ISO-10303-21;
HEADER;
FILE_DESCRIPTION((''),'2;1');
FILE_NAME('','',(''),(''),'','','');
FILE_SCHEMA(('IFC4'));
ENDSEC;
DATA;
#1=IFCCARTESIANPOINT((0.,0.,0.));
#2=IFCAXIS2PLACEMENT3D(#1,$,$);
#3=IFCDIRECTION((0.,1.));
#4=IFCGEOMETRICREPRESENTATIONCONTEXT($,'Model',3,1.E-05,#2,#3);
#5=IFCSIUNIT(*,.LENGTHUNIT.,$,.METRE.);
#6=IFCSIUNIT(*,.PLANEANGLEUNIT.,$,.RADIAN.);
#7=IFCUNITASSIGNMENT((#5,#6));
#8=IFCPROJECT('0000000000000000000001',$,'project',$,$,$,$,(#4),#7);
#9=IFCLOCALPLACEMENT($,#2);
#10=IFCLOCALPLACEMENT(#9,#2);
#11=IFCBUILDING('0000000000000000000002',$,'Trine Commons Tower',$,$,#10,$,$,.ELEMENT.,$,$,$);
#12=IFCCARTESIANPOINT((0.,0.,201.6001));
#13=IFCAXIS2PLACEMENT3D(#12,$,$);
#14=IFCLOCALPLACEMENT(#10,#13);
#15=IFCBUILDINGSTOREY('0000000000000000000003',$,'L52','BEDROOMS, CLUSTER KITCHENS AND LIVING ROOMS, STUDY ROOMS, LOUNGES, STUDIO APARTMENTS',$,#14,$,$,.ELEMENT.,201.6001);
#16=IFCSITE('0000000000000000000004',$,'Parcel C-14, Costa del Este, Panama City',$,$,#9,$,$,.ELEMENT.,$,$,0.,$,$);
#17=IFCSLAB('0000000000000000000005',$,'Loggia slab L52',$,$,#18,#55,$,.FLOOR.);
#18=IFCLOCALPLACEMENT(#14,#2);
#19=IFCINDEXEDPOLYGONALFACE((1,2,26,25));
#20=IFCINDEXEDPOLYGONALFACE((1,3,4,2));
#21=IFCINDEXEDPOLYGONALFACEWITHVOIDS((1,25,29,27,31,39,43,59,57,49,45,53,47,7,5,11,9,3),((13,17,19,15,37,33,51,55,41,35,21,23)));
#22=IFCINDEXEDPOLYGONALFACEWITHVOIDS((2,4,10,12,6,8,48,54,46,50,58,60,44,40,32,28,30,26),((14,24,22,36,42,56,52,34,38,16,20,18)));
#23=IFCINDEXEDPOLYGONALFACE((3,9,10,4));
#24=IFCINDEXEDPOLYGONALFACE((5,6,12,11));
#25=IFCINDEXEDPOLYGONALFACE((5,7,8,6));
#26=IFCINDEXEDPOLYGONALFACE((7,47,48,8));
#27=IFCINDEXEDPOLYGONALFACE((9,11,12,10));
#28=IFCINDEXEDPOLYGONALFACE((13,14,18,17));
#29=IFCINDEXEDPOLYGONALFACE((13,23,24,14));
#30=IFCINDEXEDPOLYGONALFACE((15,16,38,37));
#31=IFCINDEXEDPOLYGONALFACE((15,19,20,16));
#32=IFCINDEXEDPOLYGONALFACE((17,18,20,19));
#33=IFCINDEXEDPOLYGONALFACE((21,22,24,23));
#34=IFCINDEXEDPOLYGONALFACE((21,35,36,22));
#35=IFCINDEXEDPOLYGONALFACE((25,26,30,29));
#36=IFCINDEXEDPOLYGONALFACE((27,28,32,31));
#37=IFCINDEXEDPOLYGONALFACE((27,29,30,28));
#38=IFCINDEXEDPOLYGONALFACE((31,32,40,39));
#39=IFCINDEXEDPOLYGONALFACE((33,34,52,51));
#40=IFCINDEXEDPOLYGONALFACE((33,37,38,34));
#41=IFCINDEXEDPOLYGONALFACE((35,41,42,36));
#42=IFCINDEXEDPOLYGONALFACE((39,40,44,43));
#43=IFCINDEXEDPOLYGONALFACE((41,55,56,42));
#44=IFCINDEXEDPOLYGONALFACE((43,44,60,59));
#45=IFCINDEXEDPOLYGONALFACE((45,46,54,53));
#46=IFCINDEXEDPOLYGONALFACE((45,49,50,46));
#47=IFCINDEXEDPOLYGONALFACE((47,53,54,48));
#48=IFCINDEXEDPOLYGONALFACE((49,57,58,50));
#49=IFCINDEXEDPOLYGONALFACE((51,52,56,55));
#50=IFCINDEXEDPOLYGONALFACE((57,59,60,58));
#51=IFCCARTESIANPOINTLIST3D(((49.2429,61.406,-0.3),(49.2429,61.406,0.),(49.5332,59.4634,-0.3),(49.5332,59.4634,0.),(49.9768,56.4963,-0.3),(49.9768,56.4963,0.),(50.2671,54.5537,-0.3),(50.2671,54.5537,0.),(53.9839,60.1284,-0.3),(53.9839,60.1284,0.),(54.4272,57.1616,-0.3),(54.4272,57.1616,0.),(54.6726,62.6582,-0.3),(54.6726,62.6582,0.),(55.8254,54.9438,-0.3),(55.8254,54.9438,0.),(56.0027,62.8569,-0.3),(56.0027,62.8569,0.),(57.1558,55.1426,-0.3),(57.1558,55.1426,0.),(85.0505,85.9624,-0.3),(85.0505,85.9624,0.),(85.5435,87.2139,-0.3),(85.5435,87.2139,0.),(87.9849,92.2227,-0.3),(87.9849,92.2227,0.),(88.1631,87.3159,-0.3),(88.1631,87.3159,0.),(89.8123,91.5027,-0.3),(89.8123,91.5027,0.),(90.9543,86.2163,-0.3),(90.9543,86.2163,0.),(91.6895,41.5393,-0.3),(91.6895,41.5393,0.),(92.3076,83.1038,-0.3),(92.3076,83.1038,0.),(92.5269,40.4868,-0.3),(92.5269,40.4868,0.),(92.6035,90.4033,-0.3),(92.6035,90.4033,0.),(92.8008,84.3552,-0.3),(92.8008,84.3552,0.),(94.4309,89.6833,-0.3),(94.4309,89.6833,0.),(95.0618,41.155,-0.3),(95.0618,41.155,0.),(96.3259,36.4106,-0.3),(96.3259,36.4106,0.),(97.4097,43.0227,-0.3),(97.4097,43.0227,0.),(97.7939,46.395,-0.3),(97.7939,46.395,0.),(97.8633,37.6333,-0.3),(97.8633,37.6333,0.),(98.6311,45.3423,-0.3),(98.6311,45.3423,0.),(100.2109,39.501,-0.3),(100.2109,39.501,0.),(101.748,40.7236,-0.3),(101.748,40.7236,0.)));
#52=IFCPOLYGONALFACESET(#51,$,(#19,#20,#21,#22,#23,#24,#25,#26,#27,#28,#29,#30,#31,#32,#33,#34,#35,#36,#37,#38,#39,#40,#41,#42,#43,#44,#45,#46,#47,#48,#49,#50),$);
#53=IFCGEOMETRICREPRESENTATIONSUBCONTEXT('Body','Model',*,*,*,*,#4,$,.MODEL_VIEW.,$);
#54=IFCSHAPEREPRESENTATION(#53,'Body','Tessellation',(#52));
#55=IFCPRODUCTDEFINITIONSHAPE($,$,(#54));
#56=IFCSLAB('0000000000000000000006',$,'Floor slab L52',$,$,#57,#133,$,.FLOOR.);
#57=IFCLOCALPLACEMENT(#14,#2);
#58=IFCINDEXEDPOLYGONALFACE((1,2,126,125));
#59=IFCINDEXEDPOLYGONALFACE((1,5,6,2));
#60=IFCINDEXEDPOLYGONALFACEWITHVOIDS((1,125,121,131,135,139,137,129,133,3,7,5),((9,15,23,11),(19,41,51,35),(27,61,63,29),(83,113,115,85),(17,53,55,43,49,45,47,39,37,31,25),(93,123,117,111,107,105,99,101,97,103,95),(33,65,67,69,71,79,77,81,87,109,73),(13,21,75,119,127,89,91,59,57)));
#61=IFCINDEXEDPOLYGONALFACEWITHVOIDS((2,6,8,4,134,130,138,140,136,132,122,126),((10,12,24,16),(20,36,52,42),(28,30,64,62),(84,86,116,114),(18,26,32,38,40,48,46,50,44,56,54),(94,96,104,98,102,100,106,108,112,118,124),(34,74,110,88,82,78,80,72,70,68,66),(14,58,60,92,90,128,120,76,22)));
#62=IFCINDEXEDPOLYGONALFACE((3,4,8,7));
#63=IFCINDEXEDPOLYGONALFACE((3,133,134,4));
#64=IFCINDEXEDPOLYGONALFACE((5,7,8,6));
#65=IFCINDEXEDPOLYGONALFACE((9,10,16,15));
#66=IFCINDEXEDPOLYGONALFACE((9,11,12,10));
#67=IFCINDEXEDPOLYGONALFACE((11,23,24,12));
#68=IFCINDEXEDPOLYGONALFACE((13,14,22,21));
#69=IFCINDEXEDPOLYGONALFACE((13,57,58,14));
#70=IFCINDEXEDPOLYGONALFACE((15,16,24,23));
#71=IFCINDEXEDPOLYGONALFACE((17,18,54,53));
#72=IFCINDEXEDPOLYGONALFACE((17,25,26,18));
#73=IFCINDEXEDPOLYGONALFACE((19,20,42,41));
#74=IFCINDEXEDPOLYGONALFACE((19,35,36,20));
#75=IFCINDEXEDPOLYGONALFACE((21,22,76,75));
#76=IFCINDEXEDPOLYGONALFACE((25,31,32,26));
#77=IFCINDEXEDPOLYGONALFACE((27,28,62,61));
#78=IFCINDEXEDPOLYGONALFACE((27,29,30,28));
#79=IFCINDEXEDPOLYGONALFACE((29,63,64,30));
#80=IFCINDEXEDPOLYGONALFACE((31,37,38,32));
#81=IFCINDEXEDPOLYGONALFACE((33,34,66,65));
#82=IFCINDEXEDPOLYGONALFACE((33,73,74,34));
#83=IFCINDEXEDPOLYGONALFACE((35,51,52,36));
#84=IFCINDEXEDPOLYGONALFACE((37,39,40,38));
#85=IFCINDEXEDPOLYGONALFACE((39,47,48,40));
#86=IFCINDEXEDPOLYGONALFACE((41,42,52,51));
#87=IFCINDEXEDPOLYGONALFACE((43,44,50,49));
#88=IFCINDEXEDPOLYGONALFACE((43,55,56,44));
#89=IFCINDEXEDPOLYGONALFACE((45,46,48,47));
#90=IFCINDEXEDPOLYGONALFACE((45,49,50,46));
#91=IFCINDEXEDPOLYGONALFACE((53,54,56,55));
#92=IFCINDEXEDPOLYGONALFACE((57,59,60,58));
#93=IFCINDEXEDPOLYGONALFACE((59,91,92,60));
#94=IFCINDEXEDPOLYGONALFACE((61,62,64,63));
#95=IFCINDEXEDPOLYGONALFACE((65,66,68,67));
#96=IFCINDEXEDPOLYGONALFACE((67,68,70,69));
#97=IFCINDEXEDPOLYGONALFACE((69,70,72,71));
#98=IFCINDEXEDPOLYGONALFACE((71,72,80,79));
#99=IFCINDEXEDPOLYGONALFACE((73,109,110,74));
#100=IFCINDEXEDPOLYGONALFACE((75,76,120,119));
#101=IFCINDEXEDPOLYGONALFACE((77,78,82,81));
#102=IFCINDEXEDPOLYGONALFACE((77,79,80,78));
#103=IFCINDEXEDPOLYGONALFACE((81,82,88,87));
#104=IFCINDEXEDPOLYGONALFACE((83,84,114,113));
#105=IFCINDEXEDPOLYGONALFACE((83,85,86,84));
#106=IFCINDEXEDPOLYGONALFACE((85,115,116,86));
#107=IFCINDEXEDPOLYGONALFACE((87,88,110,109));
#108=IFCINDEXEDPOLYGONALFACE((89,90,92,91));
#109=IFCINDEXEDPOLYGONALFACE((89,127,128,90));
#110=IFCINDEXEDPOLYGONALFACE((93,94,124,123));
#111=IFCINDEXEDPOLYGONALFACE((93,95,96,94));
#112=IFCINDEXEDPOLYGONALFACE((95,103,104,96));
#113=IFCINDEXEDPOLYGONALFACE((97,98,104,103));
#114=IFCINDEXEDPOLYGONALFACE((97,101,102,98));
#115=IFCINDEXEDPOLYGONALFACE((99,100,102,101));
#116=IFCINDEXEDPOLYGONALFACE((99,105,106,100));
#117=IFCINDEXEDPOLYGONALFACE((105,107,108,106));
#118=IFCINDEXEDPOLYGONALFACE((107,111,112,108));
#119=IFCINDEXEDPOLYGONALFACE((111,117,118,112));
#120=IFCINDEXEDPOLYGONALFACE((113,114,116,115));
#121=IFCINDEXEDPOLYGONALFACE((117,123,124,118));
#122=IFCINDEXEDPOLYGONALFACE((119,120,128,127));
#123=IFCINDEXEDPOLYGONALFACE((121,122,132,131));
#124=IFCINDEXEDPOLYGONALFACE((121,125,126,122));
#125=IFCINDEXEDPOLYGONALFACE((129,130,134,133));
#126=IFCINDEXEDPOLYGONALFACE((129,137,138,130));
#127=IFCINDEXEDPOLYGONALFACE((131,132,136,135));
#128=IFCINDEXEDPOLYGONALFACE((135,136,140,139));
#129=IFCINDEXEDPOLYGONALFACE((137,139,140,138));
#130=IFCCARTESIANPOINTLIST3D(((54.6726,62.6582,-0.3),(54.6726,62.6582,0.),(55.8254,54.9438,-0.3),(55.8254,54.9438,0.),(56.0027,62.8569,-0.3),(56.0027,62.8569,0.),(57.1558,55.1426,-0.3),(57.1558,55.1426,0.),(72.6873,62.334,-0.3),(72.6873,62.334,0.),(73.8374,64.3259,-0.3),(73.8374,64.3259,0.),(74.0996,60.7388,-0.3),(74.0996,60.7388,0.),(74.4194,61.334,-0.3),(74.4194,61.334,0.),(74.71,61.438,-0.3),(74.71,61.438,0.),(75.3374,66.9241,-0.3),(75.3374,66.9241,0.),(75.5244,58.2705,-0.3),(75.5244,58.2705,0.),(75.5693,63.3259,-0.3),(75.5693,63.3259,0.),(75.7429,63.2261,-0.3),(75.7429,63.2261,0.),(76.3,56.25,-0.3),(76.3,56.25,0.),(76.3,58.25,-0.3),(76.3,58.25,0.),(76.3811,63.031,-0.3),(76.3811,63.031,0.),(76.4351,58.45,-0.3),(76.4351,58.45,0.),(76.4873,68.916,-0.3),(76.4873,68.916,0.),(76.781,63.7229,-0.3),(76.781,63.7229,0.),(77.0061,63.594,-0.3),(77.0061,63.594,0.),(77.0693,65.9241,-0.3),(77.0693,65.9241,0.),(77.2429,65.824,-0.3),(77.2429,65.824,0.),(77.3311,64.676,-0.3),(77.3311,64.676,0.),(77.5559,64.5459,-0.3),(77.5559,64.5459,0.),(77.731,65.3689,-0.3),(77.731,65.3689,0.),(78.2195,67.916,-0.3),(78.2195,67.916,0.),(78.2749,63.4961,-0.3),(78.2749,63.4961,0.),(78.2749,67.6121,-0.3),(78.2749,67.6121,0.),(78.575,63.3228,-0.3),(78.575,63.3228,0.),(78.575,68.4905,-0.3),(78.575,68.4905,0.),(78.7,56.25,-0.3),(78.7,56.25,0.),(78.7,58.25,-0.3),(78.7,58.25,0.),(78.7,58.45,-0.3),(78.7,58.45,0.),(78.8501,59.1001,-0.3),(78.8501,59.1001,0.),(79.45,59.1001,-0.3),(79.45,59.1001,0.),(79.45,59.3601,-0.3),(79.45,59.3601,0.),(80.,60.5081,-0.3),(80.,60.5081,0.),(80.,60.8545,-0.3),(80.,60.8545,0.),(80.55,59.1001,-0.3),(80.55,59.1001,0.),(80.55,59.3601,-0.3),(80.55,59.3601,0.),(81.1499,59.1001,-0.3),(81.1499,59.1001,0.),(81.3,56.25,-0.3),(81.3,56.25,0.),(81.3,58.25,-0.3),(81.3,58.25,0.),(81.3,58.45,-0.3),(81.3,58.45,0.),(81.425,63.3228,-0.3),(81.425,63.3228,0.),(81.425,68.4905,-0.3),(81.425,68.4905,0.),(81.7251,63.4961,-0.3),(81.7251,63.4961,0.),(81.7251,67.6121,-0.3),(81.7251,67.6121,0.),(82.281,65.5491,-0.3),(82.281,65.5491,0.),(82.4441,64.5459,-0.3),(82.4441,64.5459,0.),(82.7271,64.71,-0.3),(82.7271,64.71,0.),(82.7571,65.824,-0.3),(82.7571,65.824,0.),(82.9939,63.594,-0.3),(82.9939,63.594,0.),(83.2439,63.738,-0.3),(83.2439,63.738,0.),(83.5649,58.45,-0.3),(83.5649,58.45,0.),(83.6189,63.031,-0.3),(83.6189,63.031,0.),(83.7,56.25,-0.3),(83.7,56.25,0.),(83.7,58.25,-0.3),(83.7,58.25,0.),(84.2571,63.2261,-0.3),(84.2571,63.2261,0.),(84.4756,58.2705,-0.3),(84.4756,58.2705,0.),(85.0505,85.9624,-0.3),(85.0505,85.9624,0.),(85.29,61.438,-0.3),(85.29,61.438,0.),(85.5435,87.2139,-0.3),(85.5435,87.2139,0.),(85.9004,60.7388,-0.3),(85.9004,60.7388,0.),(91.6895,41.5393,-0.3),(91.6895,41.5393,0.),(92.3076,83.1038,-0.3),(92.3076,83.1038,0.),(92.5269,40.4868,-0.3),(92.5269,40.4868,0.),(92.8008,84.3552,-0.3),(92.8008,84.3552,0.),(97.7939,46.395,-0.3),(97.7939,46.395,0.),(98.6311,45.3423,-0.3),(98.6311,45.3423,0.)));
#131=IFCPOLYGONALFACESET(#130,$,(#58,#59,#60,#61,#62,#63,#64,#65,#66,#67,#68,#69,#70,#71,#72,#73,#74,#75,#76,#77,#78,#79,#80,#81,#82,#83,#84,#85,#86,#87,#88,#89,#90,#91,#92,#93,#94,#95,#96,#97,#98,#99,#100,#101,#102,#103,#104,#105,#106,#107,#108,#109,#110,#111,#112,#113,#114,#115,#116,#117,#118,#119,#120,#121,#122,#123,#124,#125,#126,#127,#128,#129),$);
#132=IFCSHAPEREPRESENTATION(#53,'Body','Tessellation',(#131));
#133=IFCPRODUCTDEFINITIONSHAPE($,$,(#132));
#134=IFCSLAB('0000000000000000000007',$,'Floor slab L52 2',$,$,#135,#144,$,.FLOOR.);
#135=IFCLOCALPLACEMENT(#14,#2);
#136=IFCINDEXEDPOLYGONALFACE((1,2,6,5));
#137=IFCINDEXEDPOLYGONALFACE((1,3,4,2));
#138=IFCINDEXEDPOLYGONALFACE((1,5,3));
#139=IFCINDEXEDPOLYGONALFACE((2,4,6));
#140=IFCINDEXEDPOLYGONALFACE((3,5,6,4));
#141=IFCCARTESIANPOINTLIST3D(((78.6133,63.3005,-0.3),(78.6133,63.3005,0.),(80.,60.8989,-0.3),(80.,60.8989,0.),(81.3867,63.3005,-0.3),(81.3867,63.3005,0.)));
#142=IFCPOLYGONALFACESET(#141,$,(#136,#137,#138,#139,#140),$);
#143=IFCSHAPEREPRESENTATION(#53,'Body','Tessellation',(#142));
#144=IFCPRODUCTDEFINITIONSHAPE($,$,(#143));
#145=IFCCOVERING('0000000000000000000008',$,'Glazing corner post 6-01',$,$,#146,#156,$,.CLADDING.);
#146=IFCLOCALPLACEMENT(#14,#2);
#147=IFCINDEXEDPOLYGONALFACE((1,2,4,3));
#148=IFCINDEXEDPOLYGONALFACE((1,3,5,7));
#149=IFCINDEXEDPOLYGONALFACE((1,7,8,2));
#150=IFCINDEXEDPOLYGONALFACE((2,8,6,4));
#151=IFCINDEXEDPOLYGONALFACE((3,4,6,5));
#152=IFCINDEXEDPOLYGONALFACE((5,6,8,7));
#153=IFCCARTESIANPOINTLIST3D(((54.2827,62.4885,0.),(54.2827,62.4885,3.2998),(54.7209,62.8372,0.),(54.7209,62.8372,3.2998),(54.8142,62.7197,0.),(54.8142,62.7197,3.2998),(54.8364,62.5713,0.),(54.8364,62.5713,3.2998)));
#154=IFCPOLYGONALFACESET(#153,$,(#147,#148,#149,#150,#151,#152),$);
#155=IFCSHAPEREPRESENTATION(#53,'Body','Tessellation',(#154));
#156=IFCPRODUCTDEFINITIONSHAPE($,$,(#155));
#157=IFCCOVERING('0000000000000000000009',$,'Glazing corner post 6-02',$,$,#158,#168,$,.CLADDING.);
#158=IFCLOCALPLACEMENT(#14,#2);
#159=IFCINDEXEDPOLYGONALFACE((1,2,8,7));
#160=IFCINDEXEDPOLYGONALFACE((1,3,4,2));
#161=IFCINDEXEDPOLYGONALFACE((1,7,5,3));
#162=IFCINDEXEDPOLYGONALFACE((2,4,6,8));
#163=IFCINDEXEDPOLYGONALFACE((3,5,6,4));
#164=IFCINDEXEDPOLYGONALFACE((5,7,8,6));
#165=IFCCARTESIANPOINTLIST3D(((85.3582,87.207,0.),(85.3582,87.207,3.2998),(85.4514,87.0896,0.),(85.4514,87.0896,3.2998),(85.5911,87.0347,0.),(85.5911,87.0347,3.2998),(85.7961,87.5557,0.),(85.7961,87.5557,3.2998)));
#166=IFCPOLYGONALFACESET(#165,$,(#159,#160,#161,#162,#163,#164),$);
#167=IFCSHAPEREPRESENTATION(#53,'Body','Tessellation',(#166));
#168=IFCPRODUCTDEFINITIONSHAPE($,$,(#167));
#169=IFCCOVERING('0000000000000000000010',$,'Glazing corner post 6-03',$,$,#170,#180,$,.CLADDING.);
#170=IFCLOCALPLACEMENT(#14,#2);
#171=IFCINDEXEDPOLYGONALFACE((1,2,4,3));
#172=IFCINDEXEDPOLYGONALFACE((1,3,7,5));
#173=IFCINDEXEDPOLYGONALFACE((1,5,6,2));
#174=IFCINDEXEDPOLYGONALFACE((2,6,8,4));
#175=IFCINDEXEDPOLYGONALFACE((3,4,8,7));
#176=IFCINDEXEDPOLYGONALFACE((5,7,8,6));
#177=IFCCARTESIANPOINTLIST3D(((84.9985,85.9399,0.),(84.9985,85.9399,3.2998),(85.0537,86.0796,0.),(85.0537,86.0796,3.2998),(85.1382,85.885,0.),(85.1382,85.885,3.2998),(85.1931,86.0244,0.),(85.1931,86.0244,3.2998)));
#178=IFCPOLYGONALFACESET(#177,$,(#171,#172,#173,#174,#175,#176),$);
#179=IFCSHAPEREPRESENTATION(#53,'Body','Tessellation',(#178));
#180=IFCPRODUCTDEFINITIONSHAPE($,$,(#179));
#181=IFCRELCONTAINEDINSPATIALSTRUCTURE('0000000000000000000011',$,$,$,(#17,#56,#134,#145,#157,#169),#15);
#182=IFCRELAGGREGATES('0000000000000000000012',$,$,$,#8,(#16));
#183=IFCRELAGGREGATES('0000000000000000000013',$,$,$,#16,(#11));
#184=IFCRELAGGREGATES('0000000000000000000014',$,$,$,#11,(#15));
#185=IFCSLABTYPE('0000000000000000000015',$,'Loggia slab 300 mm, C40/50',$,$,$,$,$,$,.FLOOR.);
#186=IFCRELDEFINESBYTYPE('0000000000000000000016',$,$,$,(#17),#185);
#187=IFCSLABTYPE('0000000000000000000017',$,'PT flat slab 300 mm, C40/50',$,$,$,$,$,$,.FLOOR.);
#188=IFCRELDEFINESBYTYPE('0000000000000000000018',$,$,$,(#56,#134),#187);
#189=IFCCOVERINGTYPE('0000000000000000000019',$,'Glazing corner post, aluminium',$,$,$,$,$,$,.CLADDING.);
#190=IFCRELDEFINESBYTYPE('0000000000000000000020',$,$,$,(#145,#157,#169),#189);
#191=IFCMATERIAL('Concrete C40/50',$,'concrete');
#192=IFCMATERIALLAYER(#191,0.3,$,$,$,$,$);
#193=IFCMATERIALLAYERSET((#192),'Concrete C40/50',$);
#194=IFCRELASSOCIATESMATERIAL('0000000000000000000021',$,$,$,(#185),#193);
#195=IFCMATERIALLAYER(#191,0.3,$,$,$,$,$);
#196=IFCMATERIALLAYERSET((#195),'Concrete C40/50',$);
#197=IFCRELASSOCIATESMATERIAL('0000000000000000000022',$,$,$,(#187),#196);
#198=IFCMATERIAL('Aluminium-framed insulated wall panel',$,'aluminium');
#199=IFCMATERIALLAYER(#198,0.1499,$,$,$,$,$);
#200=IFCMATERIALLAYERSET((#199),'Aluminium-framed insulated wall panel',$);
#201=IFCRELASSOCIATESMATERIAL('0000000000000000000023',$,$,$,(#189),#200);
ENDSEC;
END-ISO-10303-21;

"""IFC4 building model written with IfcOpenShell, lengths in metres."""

from ifc_helpers import new_model, si_unit, direction, frame, origin, place, context, subcontext, project, spatial, polyline, outline, extrude, material, layer, layer_set, type_object, element, save


model = new_model("IFC4")

# Units and contexts
model_context = context("Model", 3, precision=1e-05, world=origin(), true_north=direction((0.0, 1.0)))
body_context = subcontext(model_context, "Body", "Model", "MODEL_VIEW")
ifc_project = project(units=[si_unit("LENGTHUNIT", "METRE"), si_unit("PLANEANGLEUNIT", "RADIAN")], contexts=[model_context])

# Site, building, storey
site_placement = place(None, origin())
site = spatial("IfcSite", under=ifc_project, at=site_placement, Name="Parcel C-14, Costa del Este, Panama City", CompositionType="ELEMENT", RefElevation=0.0)
building_placement = place(site_placement, origin())
building = spatial("IfcBuilding", under=site, at=building_placement, Name="Trine Commons Tower", CompositionType="ELEMENT")
storey_placement = place(building_placement, frame((0.0, 0.0, 201.6001)))
storey = spatial("IfcBuildingStorey", under=building, at=storey_placement, Name="L52", Description="BEDROOMS, CLUSTER KITCHENS AND LIVING ROOMS, STUDY ROOMS, LOUNGES, STUDIO APARTMENTS", CompositionType="ELEMENT", Elevation=201.6001)

# Slabs
ifc_material_1 = material(Name="Concrete C40/50", Category="concrete")
ifc_layer_1 = layer(ifc_material_1, 0.3)
ifc_layer_set_1 = layer_set([ifc_layer_1], Name="Concrete C40/50")
slab_type_1 = type_object("IfcSlabType", Name="Loggia slab 300 mm, C40/50", PredefinedType="FLOOR", material=ifc_layer_set_1)
slab_1_placement = place(storey_placement, frame((0.0, 0.0, -0.3)))
element("IfcSlab", 1, at=slab_1_placement, inside=storey, type_object=slab_type_1, Name="Loggia slab L52", PredefinedType="FLOOR", context=body_context, shape_type="SweptSolid", body=[
    extrude(outline(polyline([(101.748, 40.7236), (94.4309, 89.6833), (92.6035, 90.4033), (90.9543, 86.2163), (88.1631, 87.3159), (89.8123, 91.5027), (87.9849, 92.2227), (49.2429, 61.406), (49.5332, 59.4634), (53.9839, 60.1284), (54.4272, 57.1616), (49.9768, 56.4963), (50.2671, 54.5537), (96.3259, 36.4106), (97.8633, 37.6333), (95.0618, 41.155), (97.4097, 43.0227), (100.2109, 39.501), (101.748, 40.7236)]), holes=[polyline([(56.0027, 62.8569), (57.1558, 55.1426), (55.8254, 54.9438), (92.5269, 40.4868), (91.6895, 41.5393), (97.7939, 46.395), (98.6311, 45.3423), (92.8008, 84.3552), (92.3076, 83.1038), (85.0505, 85.9624), (85.5435, 87.2139), (54.6726, 62.6582), (56.0027, 62.8569)])]), origin(), (0.0, 0.0, 1.0), 0.3),
])
ifc_layer_2 = layer(ifc_material_1, 0.3)
ifc_layer_set_2 = layer_set([ifc_layer_2], Name="Concrete C40/50")
slab_type_2 = type_object("IfcSlabType", Name="PT flat slab 300 mm, C40/50", PredefinedType="FLOOR", material=ifc_layer_set_2)
slab_2_placement = place(storey_placement, frame((0.0, 0.0, -0.3)))
element("IfcSlab", 2, at=slab_2_placement, inside=storey, type_object=slab_type_2, Name="Floor slab L52", PredefinedType="FLOOR", context=body_context, shape_type="SweptSolid", body=[
    extrude(outline(polyline([(54.6726, 62.6582), (56.0027, 62.8569), (57.1558, 55.1426), (55.8254, 54.9438), (92.5269, 40.4868), (91.6895, 41.5393), (97.7939, 46.395), (98.6311, 45.3423), (92.8008, 84.3552), (92.3076, 83.1038), (85.0505, 85.9624), (85.5435, 87.2139), (54.6726, 62.6582)]), holes=[polyline([(78.7, 56.25), (78.7, 58.25), (76.3, 58.25), (76.3, 56.25), (78.7, 56.25)]), polyline([(83.7, 56.25), (83.7, 58.25), (81.3, 58.25), (81.3, 56.25), (83.7, 56.25)]), polyline([(81.3, 58.45), (83.5649, 58.45), (80.0, 60.5081), (76.4351, 58.45), (78.7, 58.45), (78.8501, 59.1001), (79.45, 59.1001), (79.45, 59.3601), (80.55, 59.3601), (80.55, 59.1001), (81.1499, 59.1001), (81.3, 58.45)]), polyline([(81.425, 63.3228), (81.425, 68.4905), (78.575, 68.4905), (78.575, 63.3228), (74.0996, 60.7388), (75.5244, 58.2705), (80.0, 60.8545), (84.4756, 58.2705), (85.9004, 60.7388), (81.425, 63.3228)]), polyline([(72.6873, 62.334), (74.4194, 61.334), (75.5693, 63.3259), (73.8374, 64.3259), (72.6873, 62.334)]), polyline([(76.3811, 63.031), (75.7429, 63.2261), (74.71, 61.438), (78.2749, 63.4961), (78.2749, 67.6121), (77.2429, 65.824), (77.731, 65.3689), (77.3311, 64.676), (77.5559, 64.5459), (77.0061, 63.594), (76.781, 63.7229), (76.3811, 63.031)]), polyline([(82.9939, 63.594), (82.4441, 64.5459), (82.7271, 64.71), (82.281, 65.5491), (82.7571, 65.824), (81.7251, 67.6121), (81.7251, 63.4961), (85.29, 61.438), (84.2571, 63.2261), (83.6189, 63.031), (83.2439, 63.738), (82.9939, 63.594)]), polyline([(76.4873, 68.916), (75.3374, 66.9241), (77.0693, 65.9241), (78.2195, 67.916), (76.4873, 68.916)])]), origin(), (0.0, 0.0, 1.0), 0.3),
])
slab_3_placement = place(storey_placement, frame((0.0, 0.0, -0.3)))
element("IfcSlab", 3, at=slab_3_placement, inside=storey, type_object=slab_type_2, Name="Floor slab L52 2", PredefinedType="FLOOR", context=body_context, shape_type="SweptSolid", body=[
    extrude(outline(polyline([(81.3867, 63.3005), (78.6133, 63.3005), (80.0, 60.8989), (81.3867, 63.3005)])), origin(), (0.0, 0.0, 1.0), 0.3),
])

# Coverings
ifc_material_2 = material(Name="Aluminium-framed insulated wall panel", Category="aluminium")
ifc_layer_3 = layer(ifc_material_2, 0.1499)
ifc_layer_set_3 = layer_set([ifc_layer_3], Name="Aluminium-framed insulated wall panel")
covering_type_1 = type_object("IfcCoveringType", Name="Glazing corner post, aluminium", PredefinedType="CLADDING", material=ifc_layer_set_3)
covering_1_placement = place(storey_placement, origin())
element("IfcCovering", 4, at=covering_1_placement, inside=storey, type_object=covering_type_1, Name="Glazing corner post 6-01", PredefinedType="CLADDING", context=body_context, shape_type="SweptSolid", body=[
    extrude(outline(polyline([(54.8364, 62.5713), (54.8142, 62.7197), (54.7209, 62.8372), (54.2827, 62.4885), (54.8364, 62.5713)])), origin(), (0.0, 0.0, 1.0), 3.2998),
])
covering_2_placement = place(storey_placement, origin())
element("IfcCovering", 5, at=covering_2_placement, inside=storey, type_object=covering_type_1, Name="Glazing corner post 6-02", PredefinedType="CLADDING", context=body_context, shape_type="SweptSolid", body=[
    extrude(outline(polyline([(85.4514, 87.0896), (85.4514, 87.0896), (85.5911, 87.0347), (85.7961, 87.5557), (85.3582, 87.207), (85.4514, 87.0896)])), origin(), (0.0, 0.0, 1.0), 3.2998),
])
covering_3_placement = place(storey_placement, origin())
element("IfcCovering", 6, at=covering_3_placement, inside=storey, type_object=covering_type_1, Name="Glazing corner post 6-03", PredefinedType="CLADDING", context=body_context, shape_type="SweptSolid", body=[
    extrude(outline(polyline([(85.1382, 85.885), (85.1931, 86.0244), (85.0537, 86.0796), (84.9985, 85.9399), (85.1382, 85.885)])), origin(), (0.0, 0.0, 1.0), 3.2998),
])

save(model, "model.ifc")
